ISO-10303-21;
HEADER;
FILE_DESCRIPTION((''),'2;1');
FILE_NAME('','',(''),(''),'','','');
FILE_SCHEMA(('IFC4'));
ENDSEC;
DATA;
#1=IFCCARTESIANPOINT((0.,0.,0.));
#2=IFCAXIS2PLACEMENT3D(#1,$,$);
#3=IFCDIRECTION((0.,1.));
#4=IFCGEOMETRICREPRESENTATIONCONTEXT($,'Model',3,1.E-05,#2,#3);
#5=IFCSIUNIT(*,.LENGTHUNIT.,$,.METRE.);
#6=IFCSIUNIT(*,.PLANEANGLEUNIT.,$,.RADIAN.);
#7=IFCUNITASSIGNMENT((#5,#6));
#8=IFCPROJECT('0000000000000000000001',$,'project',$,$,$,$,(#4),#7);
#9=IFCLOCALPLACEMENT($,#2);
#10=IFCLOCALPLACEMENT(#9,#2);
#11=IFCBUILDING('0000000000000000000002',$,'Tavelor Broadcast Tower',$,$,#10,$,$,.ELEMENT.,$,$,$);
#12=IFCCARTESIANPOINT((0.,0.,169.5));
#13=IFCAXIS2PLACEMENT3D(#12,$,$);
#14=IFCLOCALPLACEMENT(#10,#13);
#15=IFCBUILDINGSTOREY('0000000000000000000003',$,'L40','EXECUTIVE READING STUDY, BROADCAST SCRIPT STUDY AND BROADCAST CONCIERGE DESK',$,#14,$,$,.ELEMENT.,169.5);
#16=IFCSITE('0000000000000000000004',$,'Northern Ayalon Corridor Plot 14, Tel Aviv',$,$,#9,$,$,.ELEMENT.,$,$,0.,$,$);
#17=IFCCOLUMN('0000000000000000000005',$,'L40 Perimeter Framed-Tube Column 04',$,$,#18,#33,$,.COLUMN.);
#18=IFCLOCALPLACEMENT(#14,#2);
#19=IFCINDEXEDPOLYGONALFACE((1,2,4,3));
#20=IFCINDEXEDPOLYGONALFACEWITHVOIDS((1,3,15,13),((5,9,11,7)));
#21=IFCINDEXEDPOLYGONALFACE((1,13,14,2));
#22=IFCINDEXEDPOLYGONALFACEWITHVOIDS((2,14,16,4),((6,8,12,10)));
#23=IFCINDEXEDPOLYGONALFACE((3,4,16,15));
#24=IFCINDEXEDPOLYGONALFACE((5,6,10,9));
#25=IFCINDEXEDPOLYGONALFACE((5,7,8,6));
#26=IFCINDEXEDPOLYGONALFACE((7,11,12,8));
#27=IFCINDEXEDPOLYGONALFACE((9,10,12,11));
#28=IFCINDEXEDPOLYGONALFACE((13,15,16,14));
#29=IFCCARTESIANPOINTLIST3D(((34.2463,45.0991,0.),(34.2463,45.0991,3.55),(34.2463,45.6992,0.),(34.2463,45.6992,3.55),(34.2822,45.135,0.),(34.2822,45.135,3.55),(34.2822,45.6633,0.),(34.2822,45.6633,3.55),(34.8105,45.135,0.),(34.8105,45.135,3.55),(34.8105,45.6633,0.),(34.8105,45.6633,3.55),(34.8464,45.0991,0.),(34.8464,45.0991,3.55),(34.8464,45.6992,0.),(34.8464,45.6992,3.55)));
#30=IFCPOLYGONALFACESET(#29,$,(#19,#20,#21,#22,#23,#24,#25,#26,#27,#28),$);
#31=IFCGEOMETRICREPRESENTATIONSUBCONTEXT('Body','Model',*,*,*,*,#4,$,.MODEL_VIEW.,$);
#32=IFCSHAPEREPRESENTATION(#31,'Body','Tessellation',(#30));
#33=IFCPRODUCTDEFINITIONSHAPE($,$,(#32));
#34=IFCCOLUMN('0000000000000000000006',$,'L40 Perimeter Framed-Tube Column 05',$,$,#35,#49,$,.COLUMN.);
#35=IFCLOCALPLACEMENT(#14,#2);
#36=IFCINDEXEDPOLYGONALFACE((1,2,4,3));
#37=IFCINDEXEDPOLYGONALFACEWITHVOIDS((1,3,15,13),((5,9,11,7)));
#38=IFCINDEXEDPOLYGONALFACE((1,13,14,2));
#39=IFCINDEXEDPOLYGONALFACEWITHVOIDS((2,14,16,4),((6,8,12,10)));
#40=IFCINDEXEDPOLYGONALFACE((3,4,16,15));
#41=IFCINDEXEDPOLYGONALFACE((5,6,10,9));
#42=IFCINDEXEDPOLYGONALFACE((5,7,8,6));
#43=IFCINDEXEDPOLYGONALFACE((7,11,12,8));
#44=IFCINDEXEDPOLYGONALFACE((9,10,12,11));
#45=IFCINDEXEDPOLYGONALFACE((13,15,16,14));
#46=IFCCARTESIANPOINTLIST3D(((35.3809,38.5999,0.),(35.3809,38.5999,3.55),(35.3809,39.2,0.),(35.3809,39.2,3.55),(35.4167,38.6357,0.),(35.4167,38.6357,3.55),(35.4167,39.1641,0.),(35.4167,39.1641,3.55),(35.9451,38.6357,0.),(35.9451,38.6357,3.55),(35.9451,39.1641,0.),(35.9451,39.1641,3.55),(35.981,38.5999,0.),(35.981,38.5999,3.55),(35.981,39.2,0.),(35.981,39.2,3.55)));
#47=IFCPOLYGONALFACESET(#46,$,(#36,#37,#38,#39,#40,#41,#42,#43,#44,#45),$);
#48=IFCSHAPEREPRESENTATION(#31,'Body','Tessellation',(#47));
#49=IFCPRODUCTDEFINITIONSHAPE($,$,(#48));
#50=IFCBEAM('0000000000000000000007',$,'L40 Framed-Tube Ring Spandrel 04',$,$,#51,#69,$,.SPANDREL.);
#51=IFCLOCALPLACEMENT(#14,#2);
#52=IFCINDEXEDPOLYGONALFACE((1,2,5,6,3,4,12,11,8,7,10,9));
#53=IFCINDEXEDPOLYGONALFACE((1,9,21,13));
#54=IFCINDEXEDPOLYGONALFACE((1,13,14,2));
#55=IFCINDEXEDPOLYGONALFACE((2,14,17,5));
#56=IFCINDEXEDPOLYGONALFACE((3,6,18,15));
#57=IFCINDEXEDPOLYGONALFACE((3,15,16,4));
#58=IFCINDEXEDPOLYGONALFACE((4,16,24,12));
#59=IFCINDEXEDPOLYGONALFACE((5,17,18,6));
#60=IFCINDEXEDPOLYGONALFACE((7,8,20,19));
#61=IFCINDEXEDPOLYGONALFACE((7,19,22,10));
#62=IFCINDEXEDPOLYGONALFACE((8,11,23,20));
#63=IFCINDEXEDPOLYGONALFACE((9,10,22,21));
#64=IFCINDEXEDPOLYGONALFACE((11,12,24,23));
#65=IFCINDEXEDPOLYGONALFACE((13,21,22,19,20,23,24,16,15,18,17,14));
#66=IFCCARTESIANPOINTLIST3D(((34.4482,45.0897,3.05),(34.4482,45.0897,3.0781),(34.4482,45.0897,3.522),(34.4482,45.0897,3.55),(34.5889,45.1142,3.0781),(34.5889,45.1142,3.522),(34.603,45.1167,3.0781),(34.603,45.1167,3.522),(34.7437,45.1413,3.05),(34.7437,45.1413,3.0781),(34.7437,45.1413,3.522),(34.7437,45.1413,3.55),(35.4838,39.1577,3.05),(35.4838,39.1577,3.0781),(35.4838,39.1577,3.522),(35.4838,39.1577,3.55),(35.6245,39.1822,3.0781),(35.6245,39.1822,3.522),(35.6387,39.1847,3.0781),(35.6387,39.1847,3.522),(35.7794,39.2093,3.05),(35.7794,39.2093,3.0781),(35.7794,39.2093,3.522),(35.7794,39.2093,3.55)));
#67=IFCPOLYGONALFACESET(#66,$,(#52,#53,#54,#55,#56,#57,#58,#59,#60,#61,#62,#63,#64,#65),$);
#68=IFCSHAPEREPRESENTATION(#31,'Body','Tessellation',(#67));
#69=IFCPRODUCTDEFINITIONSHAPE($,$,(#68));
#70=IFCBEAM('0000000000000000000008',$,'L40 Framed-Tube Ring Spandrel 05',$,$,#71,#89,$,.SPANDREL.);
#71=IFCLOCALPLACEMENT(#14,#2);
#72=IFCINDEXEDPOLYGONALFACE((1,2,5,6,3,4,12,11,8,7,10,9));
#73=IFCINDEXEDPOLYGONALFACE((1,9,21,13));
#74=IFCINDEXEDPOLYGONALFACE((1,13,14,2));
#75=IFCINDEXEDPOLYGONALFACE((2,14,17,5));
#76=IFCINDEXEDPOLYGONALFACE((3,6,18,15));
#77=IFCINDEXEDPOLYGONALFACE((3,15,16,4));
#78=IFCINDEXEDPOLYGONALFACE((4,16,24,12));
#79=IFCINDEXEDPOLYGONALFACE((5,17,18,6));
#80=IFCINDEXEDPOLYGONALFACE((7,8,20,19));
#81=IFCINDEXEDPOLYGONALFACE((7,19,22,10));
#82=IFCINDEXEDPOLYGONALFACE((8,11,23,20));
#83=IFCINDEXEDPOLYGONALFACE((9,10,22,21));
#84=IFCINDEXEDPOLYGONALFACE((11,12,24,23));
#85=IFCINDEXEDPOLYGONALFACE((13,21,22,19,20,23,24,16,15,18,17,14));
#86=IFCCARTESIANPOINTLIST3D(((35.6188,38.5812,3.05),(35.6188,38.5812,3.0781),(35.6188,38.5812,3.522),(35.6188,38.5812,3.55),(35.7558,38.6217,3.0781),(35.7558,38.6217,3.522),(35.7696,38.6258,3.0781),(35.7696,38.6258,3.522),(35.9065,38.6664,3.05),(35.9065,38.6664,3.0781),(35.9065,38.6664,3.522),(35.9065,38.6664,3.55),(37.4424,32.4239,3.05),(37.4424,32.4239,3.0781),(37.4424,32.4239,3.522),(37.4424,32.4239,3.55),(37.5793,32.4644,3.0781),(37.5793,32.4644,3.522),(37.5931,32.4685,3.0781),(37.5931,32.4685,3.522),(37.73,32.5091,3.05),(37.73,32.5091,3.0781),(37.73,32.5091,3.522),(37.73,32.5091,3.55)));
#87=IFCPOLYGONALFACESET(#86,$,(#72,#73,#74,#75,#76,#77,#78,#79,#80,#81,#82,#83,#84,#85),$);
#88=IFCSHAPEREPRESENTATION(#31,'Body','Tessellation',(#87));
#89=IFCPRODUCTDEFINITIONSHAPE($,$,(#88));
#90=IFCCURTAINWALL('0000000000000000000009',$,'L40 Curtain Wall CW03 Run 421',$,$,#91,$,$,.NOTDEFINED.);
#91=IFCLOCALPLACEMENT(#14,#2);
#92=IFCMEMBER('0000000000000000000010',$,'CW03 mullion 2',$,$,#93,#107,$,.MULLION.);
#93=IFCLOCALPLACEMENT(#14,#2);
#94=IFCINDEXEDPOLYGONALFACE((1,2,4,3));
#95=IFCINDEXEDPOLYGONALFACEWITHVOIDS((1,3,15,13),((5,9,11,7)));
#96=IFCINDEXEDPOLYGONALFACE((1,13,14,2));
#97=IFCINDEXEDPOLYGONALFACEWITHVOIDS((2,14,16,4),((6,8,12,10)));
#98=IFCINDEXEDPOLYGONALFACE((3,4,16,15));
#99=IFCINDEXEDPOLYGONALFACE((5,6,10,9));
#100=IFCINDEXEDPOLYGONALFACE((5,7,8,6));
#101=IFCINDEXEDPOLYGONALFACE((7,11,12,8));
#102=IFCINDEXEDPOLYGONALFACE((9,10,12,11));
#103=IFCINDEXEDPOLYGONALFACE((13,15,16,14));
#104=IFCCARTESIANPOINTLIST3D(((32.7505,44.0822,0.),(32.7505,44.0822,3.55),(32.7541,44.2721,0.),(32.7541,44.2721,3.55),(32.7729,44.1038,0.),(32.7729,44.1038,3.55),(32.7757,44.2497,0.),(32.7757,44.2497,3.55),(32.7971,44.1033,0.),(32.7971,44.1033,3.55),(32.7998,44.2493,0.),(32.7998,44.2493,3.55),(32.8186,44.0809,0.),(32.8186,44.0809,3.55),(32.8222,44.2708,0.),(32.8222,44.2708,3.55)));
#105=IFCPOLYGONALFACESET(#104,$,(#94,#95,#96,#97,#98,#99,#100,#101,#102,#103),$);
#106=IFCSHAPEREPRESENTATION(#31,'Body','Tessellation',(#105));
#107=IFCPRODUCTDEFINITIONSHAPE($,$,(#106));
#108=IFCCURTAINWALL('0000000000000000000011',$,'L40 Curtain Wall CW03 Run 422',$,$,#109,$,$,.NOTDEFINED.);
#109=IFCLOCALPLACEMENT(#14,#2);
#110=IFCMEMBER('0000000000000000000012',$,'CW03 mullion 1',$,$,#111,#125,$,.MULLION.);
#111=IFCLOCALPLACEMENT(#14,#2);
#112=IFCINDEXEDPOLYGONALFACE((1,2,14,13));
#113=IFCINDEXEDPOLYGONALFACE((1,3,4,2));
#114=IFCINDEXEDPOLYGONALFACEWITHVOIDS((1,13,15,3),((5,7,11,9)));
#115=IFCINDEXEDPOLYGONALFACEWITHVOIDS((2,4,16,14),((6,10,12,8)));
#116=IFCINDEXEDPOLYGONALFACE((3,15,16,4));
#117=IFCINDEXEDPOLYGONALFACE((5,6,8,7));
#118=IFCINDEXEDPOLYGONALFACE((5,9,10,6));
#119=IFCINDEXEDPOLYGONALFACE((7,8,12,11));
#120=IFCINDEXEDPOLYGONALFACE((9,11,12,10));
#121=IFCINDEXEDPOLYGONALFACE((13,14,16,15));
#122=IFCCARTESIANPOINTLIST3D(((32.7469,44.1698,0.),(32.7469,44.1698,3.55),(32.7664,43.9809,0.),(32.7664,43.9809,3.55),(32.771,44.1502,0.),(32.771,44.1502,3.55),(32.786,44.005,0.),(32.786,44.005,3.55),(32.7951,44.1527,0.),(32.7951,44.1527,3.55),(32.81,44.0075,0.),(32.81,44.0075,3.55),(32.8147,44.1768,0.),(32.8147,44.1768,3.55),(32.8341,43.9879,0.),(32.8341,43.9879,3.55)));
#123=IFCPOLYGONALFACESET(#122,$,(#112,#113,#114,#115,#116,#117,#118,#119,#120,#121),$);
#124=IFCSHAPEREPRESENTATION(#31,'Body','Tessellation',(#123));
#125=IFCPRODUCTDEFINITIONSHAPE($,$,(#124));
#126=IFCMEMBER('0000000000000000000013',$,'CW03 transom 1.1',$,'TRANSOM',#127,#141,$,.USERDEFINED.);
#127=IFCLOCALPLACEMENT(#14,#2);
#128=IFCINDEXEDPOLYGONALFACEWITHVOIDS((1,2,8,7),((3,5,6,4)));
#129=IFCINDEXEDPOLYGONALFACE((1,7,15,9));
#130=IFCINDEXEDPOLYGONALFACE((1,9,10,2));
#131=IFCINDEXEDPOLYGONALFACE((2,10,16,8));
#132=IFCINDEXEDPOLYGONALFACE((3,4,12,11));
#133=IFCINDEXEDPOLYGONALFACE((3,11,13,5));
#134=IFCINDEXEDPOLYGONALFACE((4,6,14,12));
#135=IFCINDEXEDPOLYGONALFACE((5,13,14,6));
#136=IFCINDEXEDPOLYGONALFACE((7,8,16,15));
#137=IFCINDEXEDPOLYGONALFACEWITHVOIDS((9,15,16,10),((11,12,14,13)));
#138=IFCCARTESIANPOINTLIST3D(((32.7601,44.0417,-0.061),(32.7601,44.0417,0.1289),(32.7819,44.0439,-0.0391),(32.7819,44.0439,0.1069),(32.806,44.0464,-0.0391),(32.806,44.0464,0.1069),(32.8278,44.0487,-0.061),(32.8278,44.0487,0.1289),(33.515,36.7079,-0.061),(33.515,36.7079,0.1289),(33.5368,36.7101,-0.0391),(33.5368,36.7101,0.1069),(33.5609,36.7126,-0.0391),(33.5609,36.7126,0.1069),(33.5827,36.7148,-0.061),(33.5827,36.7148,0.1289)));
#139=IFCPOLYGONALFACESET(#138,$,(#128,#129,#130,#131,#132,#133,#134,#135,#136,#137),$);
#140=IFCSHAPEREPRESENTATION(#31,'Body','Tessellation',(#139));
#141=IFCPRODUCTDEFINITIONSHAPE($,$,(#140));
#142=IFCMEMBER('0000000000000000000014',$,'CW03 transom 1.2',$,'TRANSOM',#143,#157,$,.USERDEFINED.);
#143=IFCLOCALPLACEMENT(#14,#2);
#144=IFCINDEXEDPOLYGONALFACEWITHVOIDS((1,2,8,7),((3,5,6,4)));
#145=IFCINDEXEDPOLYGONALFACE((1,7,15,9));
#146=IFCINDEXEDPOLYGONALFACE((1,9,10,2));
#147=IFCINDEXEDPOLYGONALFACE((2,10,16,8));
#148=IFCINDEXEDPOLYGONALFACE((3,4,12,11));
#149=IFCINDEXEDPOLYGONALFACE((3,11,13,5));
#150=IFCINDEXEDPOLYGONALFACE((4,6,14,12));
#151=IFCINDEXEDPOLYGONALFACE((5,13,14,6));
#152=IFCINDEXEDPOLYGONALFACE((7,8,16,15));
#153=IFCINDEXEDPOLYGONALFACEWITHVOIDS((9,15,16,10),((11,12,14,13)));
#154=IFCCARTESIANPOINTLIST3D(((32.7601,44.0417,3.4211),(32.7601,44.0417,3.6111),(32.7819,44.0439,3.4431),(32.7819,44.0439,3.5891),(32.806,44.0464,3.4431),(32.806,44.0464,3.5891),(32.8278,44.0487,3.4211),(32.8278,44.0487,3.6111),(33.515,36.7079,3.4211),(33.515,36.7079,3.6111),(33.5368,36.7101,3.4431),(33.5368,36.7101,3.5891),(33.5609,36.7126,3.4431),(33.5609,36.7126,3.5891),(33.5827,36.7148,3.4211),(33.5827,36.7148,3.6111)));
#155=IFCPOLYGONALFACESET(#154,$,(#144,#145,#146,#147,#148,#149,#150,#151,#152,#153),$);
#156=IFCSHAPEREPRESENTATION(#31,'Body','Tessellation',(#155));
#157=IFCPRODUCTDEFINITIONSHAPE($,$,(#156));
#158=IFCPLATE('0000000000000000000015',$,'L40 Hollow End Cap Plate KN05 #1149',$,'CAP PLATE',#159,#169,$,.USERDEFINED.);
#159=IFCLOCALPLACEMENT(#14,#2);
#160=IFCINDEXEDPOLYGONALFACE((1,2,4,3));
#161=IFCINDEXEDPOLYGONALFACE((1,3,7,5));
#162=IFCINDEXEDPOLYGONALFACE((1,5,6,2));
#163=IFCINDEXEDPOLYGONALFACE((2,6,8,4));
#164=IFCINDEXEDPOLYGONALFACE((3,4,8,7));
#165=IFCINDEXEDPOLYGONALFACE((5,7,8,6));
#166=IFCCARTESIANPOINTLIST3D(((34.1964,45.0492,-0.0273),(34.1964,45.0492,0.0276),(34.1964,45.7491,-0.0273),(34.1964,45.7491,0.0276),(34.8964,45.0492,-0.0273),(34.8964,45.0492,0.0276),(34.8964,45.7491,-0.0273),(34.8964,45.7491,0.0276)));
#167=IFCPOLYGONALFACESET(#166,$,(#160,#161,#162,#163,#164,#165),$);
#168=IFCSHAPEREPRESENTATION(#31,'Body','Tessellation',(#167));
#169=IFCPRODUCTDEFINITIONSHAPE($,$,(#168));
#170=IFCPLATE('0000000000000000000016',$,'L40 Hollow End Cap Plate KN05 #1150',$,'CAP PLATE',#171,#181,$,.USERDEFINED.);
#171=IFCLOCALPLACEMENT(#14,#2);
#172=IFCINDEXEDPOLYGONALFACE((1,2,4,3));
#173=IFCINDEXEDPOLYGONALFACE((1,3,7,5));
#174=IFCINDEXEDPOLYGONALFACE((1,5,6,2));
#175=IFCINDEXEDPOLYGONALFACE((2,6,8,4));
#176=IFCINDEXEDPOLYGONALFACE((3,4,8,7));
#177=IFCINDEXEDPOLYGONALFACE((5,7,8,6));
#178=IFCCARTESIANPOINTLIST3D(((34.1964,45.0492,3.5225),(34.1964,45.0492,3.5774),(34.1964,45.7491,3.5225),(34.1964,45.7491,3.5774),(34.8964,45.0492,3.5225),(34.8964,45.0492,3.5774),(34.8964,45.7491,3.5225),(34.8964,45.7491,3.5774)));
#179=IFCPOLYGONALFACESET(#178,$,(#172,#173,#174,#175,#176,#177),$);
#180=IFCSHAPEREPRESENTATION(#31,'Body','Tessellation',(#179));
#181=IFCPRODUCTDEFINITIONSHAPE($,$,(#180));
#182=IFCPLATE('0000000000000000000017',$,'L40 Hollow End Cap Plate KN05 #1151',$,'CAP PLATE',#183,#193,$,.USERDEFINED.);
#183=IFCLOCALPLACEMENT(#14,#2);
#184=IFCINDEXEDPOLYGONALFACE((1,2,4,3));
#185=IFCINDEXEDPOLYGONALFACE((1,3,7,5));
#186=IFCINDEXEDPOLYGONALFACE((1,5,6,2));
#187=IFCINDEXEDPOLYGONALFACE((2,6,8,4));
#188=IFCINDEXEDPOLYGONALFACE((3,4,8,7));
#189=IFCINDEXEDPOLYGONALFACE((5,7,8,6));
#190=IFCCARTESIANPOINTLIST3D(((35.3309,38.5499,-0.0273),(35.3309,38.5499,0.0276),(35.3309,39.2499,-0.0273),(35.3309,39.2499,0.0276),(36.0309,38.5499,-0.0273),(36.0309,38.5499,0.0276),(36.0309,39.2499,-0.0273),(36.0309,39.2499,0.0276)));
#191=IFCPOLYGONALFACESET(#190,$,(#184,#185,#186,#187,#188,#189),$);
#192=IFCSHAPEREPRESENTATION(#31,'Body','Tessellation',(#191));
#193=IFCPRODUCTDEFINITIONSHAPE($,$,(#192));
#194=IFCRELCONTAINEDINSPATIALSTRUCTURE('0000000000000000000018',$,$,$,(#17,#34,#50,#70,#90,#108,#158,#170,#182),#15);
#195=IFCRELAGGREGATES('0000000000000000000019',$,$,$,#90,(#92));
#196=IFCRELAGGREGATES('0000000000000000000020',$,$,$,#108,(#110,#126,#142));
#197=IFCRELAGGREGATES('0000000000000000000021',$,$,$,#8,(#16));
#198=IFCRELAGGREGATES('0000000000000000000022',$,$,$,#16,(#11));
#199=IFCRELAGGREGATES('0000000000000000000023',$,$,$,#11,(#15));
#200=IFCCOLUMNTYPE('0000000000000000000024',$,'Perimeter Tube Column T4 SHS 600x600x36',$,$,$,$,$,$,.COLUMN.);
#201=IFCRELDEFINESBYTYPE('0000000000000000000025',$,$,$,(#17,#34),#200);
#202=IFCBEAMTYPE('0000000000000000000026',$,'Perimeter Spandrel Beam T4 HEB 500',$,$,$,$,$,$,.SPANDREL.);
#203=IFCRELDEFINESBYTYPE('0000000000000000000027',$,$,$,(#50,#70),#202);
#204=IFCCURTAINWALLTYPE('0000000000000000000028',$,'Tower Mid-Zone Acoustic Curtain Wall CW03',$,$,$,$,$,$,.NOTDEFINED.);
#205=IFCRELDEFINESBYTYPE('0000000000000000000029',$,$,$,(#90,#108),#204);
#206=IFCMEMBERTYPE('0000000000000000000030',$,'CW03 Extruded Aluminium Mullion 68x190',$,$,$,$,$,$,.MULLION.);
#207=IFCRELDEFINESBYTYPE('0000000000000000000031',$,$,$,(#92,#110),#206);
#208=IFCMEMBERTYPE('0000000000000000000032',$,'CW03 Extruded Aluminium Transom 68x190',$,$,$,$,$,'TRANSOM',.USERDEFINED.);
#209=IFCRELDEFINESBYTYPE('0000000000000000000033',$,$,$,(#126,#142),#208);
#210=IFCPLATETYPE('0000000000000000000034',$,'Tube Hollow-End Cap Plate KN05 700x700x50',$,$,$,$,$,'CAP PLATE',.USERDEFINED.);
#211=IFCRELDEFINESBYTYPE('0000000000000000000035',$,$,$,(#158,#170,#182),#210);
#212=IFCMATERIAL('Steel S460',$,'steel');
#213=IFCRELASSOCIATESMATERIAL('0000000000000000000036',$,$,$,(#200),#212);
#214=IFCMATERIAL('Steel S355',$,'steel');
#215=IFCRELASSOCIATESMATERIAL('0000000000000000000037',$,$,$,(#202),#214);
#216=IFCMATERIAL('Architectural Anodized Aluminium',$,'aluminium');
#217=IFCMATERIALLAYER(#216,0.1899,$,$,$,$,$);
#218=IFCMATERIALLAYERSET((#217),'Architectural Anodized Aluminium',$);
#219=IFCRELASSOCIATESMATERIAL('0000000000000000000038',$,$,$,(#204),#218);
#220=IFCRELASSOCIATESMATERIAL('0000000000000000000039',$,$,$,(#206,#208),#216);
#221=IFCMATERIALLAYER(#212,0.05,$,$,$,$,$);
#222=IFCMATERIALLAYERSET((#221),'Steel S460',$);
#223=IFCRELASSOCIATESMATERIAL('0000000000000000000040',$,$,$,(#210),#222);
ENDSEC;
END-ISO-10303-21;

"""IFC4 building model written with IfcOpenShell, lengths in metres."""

from ifc_helpers import new_model, si_unit, direction, frame, origin, origin_2d, place, context, subcontext, project, spatial, rectangle, hollow_rectangle, i_section, extrude, source, transform, mapped, material, layer, layer_set, material_profile, profile_set, type_object, type_shapes, element, aggregate, save


model = new_model("IFC4")

# Units and contexts
model_context = context("Model", 3, precision=1e-05, world=origin(), true_north=direction((0.0, 1.0)))
body_context = subcontext(model_context, "Body", "Model", "MODEL_VIEW")
ifc_project = project(units=[si_unit("LENGTHUNIT", "METRE"), si_unit("PLANEANGLEUNIT", "RADIAN")], contexts=[model_context])

# Site, building, storey
site_placement = place(None, origin())
site = spatial("IfcSite", under=ifc_project, at=site_placement, Name="Northern Ayalon Corridor Plot 14, Tel Aviv", CompositionType="ELEMENT", RefElevation=0.0)
building_placement = place(site_placement, origin())
building = spatial("IfcBuilding", under=site, at=building_placement, Name="Tavelor Broadcast Tower", CompositionType="ELEMENT")
storey_placement = place(building_placement, frame((0.0, 0.0, 169.5)))
storey = spatial("IfcBuildingStorey", under=building, at=storey_placement, Name="L40", Description="EXECUTIVE READING STUDY, BROADCAST SCRIPT STUDY AND BROADCAST CONCIERGE DESK", CompositionType="ELEMENT", Elevation=169.5)

# Columns
ifc_material_1 = material(Name="Steel S460", Category="steel")
ifc_material_profile_1 = material_profile(ifc_material_1, hollow_rectangle(XDim=0.6001, YDim=0.6001, WallThickness=0.0359, at=origin_2d()), Name="SHS 600x600x36")
ifc_profile_set_1 = profile_set([ifc_material_profile_1], Name="Steel S460")
column_type = type_object("IfcColumnType", Name="Perimeter Tube Column T4 SHS 600x600x36", PredefinedType="COLUMN", material=ifc_profile_set_1)
for number, where, z_axis, x_axis, name in (
    (1, (34.5464, 45.3992, 0.0), (0.0, 0.0, 1.0), (1.0, 0.0, 0.0), "L40 Perimeter Framed-Tube Column 04"),
    (2, (35.6809, 38.8999, 0.0), (0.0, 0.0, 1.0), (1.0, 0.0, 0.0), "L40 Perimeter Framed-Tube Column 05"),
):
    element("IfcColumn", number, at=place(storey_placement, frame(where, z_axis=z_axis, x_axis=x_axis)), inside=storey, type_object=column_type, Name=name, PredefinedType="COLUMN", context=body_context, shape_type="SweptSolid", body=[
        extrude(hollow_rectangle(XDim=0.6001, YDim=0.6001, WallThickness=0.0359, at=origin_2d()), origin(), (0.0, 0.0, 1.0), 3.55),
    ])

# Beams
ifc_material_2 = material(Name="Steel S355", Category="steel")
ifc_material_profile_2 = material_profile(ifc_material_2, i_section(OverallWidth=0.3, OverallDepth=0.5, WebThickness=0.0144, FlangeThickness=0.0281, at=origin_2d()), Name="HEB 500")
ifc_profile_set_2 = profile_set([ifc_material_profile_2], Name="Steel S355")
beam_type = type_object("IfcBeamType", Name="Perimeter Spandrel Beam T4 HEB 500", PredefinedType="SPANDREL", material=ifc_profile_set_2)
beam_1_placement = place(storey_placement, frame((34.5959, 45.1155, 3.3), z_axis=(0.171988, -0.985099, 0.0), x_axis=(0.985099, 0.171988, 0.0)))
element("IfcBeam", 3, at=beam_1_placement, inside=storey, type_object=beam_type, Name="L40 Framed-Tube Ring Spandrel 04", PredefinedType="SPANDREL", context=body_context, shape_type="SweptSolid", body=[
    extrude(i_section(OverallWidth=0.3, OverallDepth=0.5, WebThickness=0.0144, FlangeThickness=0.0281, at=origin_2d()), origin(), (0.0, 0.0, 1.0), 6.0217),
])
beam_2_placement = place(storey_placement, frame((35.7627, 38.6238, 3.3), z_axis=(0.283963, -0.958835, 0.0), x_axis=(0.958835, 0.283963, 0.0)))
element("IfcBeam", 4, at=beam_2_placement, inside=storey, type_object=beam_type, Name="L40 Framed-Tube Ring Spandrel 05", PredefinedType="SPANDREL", context=body_context, shape_type="SweptSolid", body=[
    extrude(i_section(OverallWidth=0.3, OverallDepth=0.5, WebThickness=0.0144, FlangeThickness=0.0281, at=origin_2d()), origin(), (0.0, 0.0, 1.0), 6.4216),
])

# Curtain wall, member
ifc_material_3 = material(Name="Architectural Anodized Aluminium", Category="aluminium")
ifc_layer_1 = layer(ifc_material_3, 0.1899)
ifc_layer_set_1 = layer_set([ifc_layer_1], Name="Architectural Anodized Aluminium")
curtain_wall_type = type_object("IfcCurtainWallType", Name="Tower Mid-Zone Acoustic Curtain Wall CW03", PredefinedType="NOTDEFINED", material=ifc_layer_set_1)
curtain_wall_1_placement = place(storey_placement, origin())
curtain_wall_1 = element("IfcCurtainWall", 5, at=curtain_wall_1_placement, inside=storey, type_object=curtain_wall_type, Name="L40 Curtain Wall CW03 Run 421", PredefinedType="NOTDEFINED")
ifc_material_profile_3 = material_profile(ifc_material_3, hollow_rectangle(XDim=0.0681, YDim=0.1899, WallThickness=0.022, at=origin_2d()), Name="RHS 68x190x22")
ifc_profile_set_3 = profile_set([ifc_material_profile_3], Name="Architectural Anodized Aluminium")
member_type_1 = type_object("IfcMemberType", Name="CW03 Extruded Aluminium Mullion 68x190", PredefinedType="MULLION", material=ifc_profile_set_3)
shared_shape_1 = source(origin(), body_context, "Body", "SweptSolid", [
    extrude(hollow_rectangle(XDim=0.0681, YDim=0.1899, WallThickness=0.022, at=origin_2d()), origin(), (0.0, 0.0, 1.0), 3.55),
])
type_shapes(member_type_1, [shared_shape_1])
member_1_placement = place(storey_placement, frame((32.7864, 44.1765, 0.0), z_axis=(0.0, 0.0, 1.0), x_axis=(0.999824, -0.018768, 0.0)))
member_1 = element("IfcMember", 6, at=member_1_placement, type_object=member_type_1, Name="CW03 mullion 2", PredefinedType="MULLION", context=body_context, shape_type="MappedRepresentation", body=[
    mapped(shared_shape_1, transform((0.0, 0.0, 0.0), scale=1.0)),
])

# Curtain wall, members
curtain_wall_2_placement = place(storey_placement, origin())
curtain_wall_2 = element("IfcCurtainWall", 7, at=curtain_wall_2_placement, inside=storey, type_object=curtain_wall_type, Name="L40 Curtain Wall CW03 Run 422", PredefinedType="NOTDEFINED")
member_2_placement = place(storey_placement, frame((32.7905, 44.0789, 0.0), z_axis=(0.0, 0.0, 1.0), x_axis=(0.994747, 0.102366, 0.0)))
member_2 = element("IfcMember", 8, at=member_2_placement, type_object=member_type_1, Name="CW03 mullion 1", PredefinedType="MULLION", context=body_context, shape_type="MappedRepresentation", body=[
    mapped(shared_shape_1, transform((0.0, 0.0, 0.0), scale=1.0)),
])
ifc_material_profile_4 = material_profile(ifc_material_3, hollow_rectangle(XDim=0.0681, YDim=0.1899, WallThickness=0.022, at=origin_2d()), Name="RHS 68x190x22")
ifc_profile_set_4 = profile_set([ifc_material_profile_4], Name="Architectural Anodized Aluminium")
member_type_2 = type_object("IfcMemberType", Name="CW03 Extruded Aluminium Transom 68x190", ElementType="TRANSOM", PredefinedType="USERDEFINED", material=ifc_profile_set_4)
shared_shape_2 = source(origin(), body_context, "Body", "SweptSolid", [
    extrude(hollow_rectangle(XDim=0.0681, YDim=0.1899, WallThickness=0.022, at=origin_2d()), origin(), (0.0, 0.0, 1.0), 7.3726),
])
type_shapes(member_type_2, [shared_shape_2])
member_3_placement = place(storey_placement, frame((32.7939, 44.0452, 0.0339), z_axis=(0.102392, -0.994744, 0.0), x_axis=(0.994744, 0.102392, 0.0)))
member_3 = element("IfcMember", 9, at=member_3_placement, type_object=member_type_2, Name="CW03 transom 1.1", ObjectType="TRANSOM", PredefinedType="USERDEFINED", context=body_context, shape_type="MappedRepresentation", body=[
    mapped(shared_shape_2, transform((0.0, 0.0, 0.0), scale=1.0)),
])
member_4_placement = place(storey_placement, frame((32.7939, 44.0452, 3.5161), z_axis=(0.102392, -0.994744, 0.0), x_axis=(0.994744, 0.102392, 0.0)))
member_4 = element("IfcMember", 10, at=member_4_placement, type_object=member_type_2, Name="CW03 transom 1.2", ObjectType="TRANSOM", PredefinedType="USERDEFINED", context=body_context, shape_type="MappedRepresentation", body=[
    mapped(shared_shape_2, transform((0.0, 0.0, 0.0), scale=1.0)),
])

# Plates
ifc_layer_2 = layer(ifc_material_1, 0.05)
ifc_layer_set_2 = layer_set([ifc_layer_2], Name="Steel S460")
plate_type_1 = type_object("IfcPlateType", Name="Tube Hollow-End Cap Plate KN05 700x700x50", ElementType="CAP PLATE", PredefinedType="USERDEFINED", material=ifc_layer_set_2)
shared_shape_3 = source(origin(), body_context, "Body", "SweptSolid", [
    extrude(rectangle(XDim=0.7, YDim=0.7, at=origin_2d()), origin(), (0.0, 0.0, 1.0), 0.0549),
])
type_shapes(plate_type_1, [shared_shape_3])
for number, where, z_axis, x_axis, name in (
    (11, (34.5464, 45.3992, -0.0273), (0.0, 0.0, 1.0), (1.0, 0.0, 0.0), "L40 Hollow End Cap Plate KN05 #1149"),
    (12, (34.5464, 45.3992, 3.5225), (0.0, 0.0, 1.0), (1.0, 0.0, 0.0), "L40 Hollow End Cap Plate KN05 #1150"),
    (13, (35.6809, 38.8999, -0.0273), (0.0, 0.0, 1.0), (1.0, 0.0, 0.0), "L40 Hollow End Cap Plate KN05 #1151"),
):
    element("IfcPlate", number, at=place(storey_placement, frame(where, z_axis=z_axis, x_axis=x_axis)), inside=storey, type_object=plate_type_1, Name=name, ObjectType="CAP PLATE", PredefinedType="USERDEFINED", context=body_context, shape_type="MappedRepresentation", body=[
        mapped(shared_shape_3, transform((0.0, 0.0, 0.0), scale=1.0)),
    ])

aggregate(curtain_wall_1, [member_1])
aggregate(curtain_wall_2, [member_2, member_3, member_4])

save(model, "model.ifc")
